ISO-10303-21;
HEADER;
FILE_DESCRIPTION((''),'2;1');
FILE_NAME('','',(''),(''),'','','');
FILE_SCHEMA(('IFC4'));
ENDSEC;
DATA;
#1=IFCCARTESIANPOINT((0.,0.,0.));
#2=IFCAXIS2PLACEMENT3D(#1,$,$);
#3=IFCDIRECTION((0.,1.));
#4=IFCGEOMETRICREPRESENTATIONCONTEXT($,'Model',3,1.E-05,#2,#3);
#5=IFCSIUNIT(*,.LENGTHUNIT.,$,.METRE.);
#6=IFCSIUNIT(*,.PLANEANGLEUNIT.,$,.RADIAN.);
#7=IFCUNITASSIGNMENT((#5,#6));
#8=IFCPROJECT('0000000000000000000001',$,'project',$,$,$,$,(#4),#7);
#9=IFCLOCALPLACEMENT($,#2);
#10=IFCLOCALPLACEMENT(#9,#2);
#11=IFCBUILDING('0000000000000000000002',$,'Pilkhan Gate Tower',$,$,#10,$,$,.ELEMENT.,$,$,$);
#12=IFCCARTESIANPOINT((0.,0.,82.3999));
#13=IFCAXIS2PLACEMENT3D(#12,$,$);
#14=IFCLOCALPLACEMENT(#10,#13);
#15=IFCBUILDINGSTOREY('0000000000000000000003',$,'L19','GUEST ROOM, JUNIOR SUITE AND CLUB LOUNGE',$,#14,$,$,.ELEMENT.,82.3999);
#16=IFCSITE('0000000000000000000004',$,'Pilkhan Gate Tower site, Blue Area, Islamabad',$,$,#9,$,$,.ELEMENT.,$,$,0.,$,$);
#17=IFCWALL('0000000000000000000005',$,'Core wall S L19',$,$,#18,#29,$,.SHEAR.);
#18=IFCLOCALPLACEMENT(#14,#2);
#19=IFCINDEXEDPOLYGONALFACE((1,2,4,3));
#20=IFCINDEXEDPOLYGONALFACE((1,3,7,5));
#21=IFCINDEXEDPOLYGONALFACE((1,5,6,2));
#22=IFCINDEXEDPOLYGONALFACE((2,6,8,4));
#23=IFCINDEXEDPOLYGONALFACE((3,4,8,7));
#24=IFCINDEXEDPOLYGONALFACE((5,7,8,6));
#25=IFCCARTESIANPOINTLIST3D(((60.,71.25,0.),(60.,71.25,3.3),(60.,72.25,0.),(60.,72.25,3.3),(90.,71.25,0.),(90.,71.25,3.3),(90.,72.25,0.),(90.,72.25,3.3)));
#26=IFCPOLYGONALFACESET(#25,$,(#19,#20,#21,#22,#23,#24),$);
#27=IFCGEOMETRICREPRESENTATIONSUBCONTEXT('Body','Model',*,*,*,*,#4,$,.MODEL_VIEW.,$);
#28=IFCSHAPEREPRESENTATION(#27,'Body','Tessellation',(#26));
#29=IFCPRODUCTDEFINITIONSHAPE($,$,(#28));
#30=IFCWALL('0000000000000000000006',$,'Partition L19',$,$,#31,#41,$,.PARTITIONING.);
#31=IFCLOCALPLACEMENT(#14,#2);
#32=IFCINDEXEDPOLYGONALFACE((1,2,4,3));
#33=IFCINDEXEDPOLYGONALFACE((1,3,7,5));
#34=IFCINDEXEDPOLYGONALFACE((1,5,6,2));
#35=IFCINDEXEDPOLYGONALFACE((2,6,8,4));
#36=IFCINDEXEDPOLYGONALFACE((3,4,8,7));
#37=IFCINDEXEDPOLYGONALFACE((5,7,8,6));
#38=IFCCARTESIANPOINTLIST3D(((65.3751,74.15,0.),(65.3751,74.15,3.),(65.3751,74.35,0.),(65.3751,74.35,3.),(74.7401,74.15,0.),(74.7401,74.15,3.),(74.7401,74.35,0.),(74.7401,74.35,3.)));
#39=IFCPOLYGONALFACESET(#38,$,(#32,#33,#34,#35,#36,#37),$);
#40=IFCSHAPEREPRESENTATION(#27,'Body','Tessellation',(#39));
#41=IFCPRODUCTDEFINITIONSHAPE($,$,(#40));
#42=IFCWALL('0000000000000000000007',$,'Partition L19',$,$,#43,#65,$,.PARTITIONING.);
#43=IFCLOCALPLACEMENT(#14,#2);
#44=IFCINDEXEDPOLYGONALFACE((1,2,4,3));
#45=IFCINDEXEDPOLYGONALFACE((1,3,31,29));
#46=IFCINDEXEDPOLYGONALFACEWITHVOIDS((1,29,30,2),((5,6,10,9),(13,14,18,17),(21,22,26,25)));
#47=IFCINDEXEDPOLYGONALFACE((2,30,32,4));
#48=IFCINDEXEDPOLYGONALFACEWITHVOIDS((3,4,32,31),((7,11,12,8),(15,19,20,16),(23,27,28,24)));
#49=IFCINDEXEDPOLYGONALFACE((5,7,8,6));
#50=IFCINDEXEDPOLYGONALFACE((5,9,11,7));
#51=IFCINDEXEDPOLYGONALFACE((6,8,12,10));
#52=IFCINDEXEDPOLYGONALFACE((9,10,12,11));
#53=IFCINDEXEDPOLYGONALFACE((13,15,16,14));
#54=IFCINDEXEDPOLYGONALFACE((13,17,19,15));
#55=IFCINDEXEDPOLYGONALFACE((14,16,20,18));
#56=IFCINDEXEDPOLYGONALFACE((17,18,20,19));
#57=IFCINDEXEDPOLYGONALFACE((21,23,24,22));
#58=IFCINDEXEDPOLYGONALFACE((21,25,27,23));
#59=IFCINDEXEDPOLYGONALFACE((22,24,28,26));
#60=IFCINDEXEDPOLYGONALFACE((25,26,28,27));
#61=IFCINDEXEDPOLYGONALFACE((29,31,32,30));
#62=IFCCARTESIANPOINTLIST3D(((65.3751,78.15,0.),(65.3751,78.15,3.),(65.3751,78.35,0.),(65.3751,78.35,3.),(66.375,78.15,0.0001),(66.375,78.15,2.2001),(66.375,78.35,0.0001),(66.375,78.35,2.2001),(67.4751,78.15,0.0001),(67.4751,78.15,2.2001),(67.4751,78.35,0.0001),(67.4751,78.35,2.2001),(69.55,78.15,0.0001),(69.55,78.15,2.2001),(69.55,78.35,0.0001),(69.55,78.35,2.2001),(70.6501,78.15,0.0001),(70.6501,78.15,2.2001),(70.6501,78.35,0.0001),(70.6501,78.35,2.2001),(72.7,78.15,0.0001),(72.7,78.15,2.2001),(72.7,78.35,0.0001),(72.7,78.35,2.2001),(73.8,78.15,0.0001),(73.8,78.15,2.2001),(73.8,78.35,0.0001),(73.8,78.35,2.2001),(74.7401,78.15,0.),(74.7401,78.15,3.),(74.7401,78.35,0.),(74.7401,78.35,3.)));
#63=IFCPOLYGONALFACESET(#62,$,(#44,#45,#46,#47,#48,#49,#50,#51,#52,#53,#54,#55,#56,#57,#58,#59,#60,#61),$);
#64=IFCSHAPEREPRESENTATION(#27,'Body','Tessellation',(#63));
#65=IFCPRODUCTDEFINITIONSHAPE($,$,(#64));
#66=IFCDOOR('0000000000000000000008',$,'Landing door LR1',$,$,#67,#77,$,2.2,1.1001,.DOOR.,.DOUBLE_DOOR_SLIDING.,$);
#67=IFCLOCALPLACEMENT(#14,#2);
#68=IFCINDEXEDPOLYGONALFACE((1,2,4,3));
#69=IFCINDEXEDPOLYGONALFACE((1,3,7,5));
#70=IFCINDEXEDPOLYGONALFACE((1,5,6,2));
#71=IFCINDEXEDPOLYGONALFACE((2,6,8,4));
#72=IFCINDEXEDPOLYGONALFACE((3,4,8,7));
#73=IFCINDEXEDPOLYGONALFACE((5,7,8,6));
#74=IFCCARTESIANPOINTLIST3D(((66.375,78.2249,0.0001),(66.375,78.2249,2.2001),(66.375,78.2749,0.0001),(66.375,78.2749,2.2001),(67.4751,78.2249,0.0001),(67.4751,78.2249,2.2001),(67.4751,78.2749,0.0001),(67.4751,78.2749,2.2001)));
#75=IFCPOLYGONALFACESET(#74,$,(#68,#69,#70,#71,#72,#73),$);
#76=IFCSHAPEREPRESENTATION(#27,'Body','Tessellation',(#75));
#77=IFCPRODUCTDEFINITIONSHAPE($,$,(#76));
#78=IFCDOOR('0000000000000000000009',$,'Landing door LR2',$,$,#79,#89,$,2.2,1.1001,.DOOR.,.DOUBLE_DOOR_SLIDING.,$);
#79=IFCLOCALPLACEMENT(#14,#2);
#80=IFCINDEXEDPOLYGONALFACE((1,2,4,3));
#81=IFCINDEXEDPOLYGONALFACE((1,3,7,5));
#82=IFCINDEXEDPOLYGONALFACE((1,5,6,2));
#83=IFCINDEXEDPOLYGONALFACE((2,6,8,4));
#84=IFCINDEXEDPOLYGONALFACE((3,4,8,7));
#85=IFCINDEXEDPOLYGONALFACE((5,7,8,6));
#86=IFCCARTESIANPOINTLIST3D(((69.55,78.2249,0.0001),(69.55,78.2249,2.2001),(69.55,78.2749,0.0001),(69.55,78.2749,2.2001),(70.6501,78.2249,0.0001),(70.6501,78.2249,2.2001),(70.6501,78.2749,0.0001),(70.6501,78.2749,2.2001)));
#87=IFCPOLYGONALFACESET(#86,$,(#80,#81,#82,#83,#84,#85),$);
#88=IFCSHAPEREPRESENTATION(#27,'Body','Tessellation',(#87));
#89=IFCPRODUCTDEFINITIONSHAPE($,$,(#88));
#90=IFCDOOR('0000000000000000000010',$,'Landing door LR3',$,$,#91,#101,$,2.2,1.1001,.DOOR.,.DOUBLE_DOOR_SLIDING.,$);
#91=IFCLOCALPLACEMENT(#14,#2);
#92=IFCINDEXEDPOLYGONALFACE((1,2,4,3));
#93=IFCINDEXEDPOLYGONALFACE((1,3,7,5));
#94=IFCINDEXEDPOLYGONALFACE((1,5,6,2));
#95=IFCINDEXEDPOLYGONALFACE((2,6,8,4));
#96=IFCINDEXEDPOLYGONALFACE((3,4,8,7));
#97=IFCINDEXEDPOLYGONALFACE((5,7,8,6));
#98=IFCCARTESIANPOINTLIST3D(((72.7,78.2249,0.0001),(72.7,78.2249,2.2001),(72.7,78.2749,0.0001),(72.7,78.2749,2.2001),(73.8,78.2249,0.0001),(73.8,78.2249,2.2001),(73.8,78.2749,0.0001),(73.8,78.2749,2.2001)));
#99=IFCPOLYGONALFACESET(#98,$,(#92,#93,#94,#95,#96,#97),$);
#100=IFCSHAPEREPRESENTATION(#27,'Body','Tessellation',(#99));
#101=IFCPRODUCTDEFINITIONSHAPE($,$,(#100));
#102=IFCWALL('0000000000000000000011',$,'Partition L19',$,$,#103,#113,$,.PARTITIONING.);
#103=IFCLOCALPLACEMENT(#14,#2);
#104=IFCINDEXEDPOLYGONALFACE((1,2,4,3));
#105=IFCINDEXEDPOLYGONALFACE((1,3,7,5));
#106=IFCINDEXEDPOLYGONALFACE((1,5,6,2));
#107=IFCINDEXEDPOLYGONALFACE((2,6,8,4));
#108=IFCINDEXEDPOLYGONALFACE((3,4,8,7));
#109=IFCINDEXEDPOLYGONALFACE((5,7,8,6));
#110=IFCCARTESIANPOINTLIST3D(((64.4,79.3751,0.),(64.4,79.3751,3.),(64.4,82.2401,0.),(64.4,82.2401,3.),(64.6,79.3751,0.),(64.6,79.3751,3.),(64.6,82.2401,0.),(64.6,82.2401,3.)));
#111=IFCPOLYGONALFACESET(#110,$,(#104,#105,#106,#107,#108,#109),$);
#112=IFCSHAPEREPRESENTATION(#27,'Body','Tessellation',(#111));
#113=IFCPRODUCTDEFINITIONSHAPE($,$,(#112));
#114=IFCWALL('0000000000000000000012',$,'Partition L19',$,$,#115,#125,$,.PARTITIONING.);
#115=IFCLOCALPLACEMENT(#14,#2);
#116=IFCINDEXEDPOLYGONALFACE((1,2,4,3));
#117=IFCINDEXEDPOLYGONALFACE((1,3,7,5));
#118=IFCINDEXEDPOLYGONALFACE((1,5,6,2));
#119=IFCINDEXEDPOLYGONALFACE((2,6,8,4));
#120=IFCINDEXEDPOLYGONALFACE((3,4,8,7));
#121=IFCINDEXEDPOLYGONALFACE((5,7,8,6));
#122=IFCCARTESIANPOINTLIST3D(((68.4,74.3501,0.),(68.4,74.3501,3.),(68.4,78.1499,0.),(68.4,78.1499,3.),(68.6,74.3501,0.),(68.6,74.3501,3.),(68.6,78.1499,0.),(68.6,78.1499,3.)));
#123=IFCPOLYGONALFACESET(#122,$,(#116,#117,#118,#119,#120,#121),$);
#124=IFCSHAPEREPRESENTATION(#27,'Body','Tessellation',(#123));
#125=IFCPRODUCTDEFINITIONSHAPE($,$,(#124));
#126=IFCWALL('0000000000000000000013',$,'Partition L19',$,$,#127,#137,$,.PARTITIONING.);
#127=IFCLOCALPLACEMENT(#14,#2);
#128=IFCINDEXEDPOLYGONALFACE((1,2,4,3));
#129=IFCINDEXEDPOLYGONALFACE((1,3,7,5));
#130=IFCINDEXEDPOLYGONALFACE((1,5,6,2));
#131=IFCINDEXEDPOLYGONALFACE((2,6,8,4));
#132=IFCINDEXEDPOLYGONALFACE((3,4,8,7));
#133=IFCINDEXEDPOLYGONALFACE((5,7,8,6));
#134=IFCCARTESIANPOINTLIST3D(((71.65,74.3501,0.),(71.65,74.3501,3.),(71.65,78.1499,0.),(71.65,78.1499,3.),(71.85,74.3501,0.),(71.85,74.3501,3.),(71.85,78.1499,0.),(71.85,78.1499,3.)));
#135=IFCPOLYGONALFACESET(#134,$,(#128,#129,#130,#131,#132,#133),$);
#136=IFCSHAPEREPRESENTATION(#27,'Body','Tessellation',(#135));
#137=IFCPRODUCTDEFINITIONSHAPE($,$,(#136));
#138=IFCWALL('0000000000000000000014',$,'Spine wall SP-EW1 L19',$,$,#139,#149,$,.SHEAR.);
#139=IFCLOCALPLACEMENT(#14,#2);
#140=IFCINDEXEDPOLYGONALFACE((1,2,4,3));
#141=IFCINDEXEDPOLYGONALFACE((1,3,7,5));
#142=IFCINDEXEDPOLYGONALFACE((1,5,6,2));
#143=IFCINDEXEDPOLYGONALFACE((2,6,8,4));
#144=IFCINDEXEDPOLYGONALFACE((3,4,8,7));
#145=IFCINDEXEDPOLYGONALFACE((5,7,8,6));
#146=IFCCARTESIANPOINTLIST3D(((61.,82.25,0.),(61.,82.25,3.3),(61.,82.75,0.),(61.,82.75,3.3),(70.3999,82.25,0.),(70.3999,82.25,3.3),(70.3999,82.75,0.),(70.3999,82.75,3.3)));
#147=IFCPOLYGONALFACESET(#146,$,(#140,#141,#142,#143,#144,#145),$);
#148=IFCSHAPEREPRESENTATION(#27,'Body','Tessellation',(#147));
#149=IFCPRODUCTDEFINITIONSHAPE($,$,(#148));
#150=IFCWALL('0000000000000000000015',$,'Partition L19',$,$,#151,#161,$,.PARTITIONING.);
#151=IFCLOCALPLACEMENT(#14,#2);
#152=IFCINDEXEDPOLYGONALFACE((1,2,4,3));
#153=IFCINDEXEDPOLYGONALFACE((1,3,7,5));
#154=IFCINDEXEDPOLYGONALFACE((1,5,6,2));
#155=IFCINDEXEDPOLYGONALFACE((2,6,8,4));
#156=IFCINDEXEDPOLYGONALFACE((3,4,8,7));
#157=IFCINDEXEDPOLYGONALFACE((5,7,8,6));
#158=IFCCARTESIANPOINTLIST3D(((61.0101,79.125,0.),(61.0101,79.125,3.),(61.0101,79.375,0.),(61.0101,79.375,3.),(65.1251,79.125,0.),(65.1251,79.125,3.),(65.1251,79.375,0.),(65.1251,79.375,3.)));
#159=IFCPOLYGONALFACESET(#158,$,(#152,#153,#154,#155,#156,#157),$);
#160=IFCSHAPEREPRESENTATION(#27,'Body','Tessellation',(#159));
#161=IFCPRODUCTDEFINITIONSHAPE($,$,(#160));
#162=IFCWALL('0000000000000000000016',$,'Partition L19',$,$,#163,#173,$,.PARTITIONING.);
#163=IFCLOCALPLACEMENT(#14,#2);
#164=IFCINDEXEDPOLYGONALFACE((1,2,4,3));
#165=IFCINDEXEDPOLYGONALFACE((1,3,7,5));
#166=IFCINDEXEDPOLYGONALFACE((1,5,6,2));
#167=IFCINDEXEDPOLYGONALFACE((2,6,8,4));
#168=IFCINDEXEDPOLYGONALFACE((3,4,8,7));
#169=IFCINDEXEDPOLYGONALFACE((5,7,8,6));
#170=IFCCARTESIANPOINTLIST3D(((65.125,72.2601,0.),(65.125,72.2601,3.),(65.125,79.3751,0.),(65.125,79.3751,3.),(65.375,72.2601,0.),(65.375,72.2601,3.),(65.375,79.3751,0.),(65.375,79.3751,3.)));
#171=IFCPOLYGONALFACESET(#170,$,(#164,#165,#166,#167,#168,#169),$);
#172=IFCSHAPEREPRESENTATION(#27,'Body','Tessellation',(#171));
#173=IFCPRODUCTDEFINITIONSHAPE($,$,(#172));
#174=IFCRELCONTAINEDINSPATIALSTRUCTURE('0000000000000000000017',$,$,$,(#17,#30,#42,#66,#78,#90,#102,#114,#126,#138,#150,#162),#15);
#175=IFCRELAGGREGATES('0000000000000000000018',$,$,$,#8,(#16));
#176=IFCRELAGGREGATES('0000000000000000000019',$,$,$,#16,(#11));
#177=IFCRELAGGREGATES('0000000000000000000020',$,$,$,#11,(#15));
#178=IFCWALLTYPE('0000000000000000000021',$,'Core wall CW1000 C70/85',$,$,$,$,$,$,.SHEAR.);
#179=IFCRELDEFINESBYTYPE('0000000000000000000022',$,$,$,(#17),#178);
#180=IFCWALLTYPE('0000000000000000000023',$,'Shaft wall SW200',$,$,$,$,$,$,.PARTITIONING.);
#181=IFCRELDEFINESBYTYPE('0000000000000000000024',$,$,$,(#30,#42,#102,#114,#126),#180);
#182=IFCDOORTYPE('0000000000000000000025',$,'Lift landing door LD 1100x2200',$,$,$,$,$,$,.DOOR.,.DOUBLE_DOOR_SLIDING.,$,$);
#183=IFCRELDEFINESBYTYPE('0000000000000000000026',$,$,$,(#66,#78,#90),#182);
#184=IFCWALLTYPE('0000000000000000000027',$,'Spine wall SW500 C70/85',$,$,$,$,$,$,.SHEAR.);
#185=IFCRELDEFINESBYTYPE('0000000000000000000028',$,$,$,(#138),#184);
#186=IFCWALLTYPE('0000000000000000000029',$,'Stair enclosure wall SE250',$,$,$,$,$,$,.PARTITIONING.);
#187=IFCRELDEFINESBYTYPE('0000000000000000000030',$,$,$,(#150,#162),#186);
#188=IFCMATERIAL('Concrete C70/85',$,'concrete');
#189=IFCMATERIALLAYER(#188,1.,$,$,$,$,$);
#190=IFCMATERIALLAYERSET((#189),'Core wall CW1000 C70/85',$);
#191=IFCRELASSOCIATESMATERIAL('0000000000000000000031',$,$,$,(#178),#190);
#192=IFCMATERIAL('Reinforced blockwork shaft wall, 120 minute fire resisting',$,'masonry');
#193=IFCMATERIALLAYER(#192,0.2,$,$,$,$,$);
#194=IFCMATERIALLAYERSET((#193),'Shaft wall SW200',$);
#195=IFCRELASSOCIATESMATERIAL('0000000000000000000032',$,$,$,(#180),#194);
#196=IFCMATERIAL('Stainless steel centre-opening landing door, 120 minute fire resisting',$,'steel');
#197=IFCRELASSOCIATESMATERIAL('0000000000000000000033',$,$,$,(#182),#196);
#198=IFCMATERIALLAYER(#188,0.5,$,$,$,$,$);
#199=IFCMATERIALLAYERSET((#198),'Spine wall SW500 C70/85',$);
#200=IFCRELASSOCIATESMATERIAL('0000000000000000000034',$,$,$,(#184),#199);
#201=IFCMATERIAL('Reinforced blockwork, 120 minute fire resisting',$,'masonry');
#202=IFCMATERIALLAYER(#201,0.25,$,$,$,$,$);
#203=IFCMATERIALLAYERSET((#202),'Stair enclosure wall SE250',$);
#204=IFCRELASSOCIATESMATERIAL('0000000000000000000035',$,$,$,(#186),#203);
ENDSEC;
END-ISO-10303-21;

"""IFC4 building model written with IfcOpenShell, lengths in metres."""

from ifc_helpers import new_model, si_unit, direction, frame, frame_2d, origin, place, context, subcontext, project, spatial, rectangle, extrude, material, layer, layer_set, type_object, element, fill, save


model = new_model("IFC4")

# Units and contexts
model_context = context("Model", 3, precision=1e-05, world=origin(), true_north=direction((0.0, 1.0)))
body_context = subcontext(model_context, "Body", "Model", "MODEL_VIEW")
ifc_project = project(units=[si_unit("LENGTHUNIT", "METRE"), si_unit("PLANEANGLEUNIT", "RADIAN")], contexts=[model_context])

# Site, building, storey
site_placement = place(None, origin())
site = spatial("IfcSite", under=ifc_project, at=site_placement, Name="Pilkhan Gate Tower site, Blue Area, Islamabad", CompositionType="ELEMENT", RefElevation=0.0)
building_placement = place(site_placement, origin())
building = spatial("IfcBuilding", under=site, at=building_placement, Name="Pilkhan Gate Tower", CompositionType="ELEMENT")
storey_placement = place(building_placement, frame((0.0, 0.0, 82.3999)))
storey = spatial("IfcBuildingStorey", under=building, at=storey_placement, Name="L19", Description="GUEST ROOM, JUNIOR SUITE AND CLUB LOUNGE", CompositionType="ELEMENT", Elevation=82.3999)

# Walls
ifc_material_1 = material(Name="Concrete C70/85", Category="concrete")
ifc_layer_1 = layer(ifc_material_1, 1.0)
ifc_layer_set_1 = layer_set([ifc_layer_1], Name="Core wall CW1000 C70/85")
wall_type_1 = type_object("IfcWallType", Name="Core wall CW1000 C70/85", PredefinedType="SHEAR", material=ifc_layer_set_1)
wall_1_placement = place(storey_placement, frame((60.0, 71.75, 0.0), z_axis=(0.0, 0.0, 1.0), x_axis=(1.0, 0.0, 0.0)))
element("IfcWall", 1, at=wall_1_placement, inside=storey, type_object=wall_type_1, Name="Core wall S L19", PredefinedType="SHEAR", context=body_context, shape_type="SweptSolid", body=[
    extrude(rectangle(XDim=30.0, YDim=1.0, at=frame_2d((15.0, 0.0))), origin(), (0.0, 0.0, 1.0), 3.3),
])
ifc_material_2 = material(Name="Reinforced blockwork shaft wall, 120 minute fire resisting", Category="masonry")
ifc_layer_2 = layer(ifc_material_2, 0.2)
ifc_layer_set_2 = layer_set([ifc_layer_2], Name="Shaft wall SW200")
wall_type_2 = type_object("IfcWallType", Name="Shaft wall SW200", PredefinedType="PARTITIONING", material=ifc_layer_set_2)
wall_2_placement = place(storey_placement, frame((65.375, 74.25, 0.0), z_axis=(0.0, 0.0, 1.0), x_axis=(1.0, 0.0, 0.0)))
element("IfcWall", 2, at=wall_2_placement, inside=storey, type_object=wall_type_2, Name="Partition L19", PredefinedType="PARTITIONING", context=body_context, shape_type="SweptSolid", body=[
    extrude(rectangle(XDim=9.365, YDim=0.2, at=frame_2d((4.6826, 0.0))), origin(), (0.0, 0.0, 1.0), 3.0),
])

# Wall, openings, doors
wall_3_placement = place(storey_placement, frame((65.375, 78.25, 0.0), z_axis=(0.0, 0.0, 1.0), x_axis=(1.0, 0.0, 0.0)))
wall_3 = element("IfcWall", 3, at=wall_3_placement, inside=storey, type_object=wall_type_2, Name="Partition L19", PredefinedType="PARTITIONING", context=body_context, shape_type="SweptSolid", body=[
    extrude(rectangle(XDim=9.365, YDim=0.2, at=frame_2d((4.6826, 0.0))), origin(), (0.0, 0.0, 1.0), 3.0),
])
opening_1_placement = place(wall_3_placement, frame((1.0, 0.0, 0.0)))
opening_1 = element("IfcOpeningElement", 4, at=opening_1_placement, cuts=wall_3, PredefinedType="OPENING", context=body_context, shape_type="SweptSolid", body=[
    extrude(rectangle(XDim=1.1001, YDim=2.2, at=frame_2d((0.55, 1.1001))), frame((0.0, 0.1099, 0.0), z_axis=(0.0, -1.0, 0.0), x_axis=(1.0, 0.0, 0.0)), (0.0, 0.0, 1.0), 0.22),
])
opening_2_placement = place(wall_3_placement, frame((4.175, 0.0, 0.0)))
opening_2 = element("IfcOpeningElement", 5, at=opening_2_placement, cuts=wall_3, PredefinedType="OPENING", context=body_context, shape_type="SweptSolid", body=[
    extrude(rectangle(XDim=1.1001, YDim=2.2, at=frame_2d((0.55, 1.1001))), frame((0.0, 0.1099, 0.0), z_axis=(0.0, -1.0, 0.0), x_axis=(1.0, 0.0, 0.0)), (0.0, 0.0, 1.0), 0.22),
])
opening_3_placement = place(wall_3_placement, frame((7.325, 0.0, 0.0)))
opening_3 = element("IfcOpeningElement", 6, at=opening_3_placement, cuts=wall_3, PredefinedType="OPENING", context=body_context, shape_type="SweptSolid", body=[
    extrude(rectangle(XDim=1.1001, YDim=2.2, at=frame_2d((0.55, 1.1001))), frame((0.0, 0.1099, 0.0), z_axis=(0.0, -1.0, 0.0), x_axis=(1.0, 0.0, 0.0)), (0.0, 0.0, 1.0), 0.22),
])
ifc_material_3 = material(Name="Stainless steel centre-opening landing door, 120 minute fire resisting", Category="steel")
door_type = type_object("IfcDoorType", Name="Lift landing door LD 1100x2200", OperationType="DOUBLE_DOOR_SLIDING", PredefinedType="DOOR", material=ifc_material_3)
door_1_placement = place(opening_1_placement, origin())
door_1 = element("IfcDoor", 7, at=door_1_placement, inside=storey, type_object=door_type, Name="Landing door LR1", OperationType="DOUBLE_DOOR_SLIDING", OverallHeight=2.2, OverallWidth=1.1001, PredefinedType="DOOR", context=body_context, shape_type="SweptSolid", body=[
    extrude(rectangle(XDim=1.1001, YDim=2.2, at=frame_2d((0.55, 1.1001))), frame((0.0, 0.0249, 0.0), z_axis=(0.0, -1.0, 0.0), x_axis=(1.0, 0.0, 0.0)), (0.0, 0.0, 1.0), 0.05),
])
fill(opening_1, door_1)
door_2_placement = place(opening_2_placement, origin())
door_2 = element("IfcDoor", 8, at=door_2_placement, inside=storey, type_object=door_type, Name="Landing door LR2", OperationType="DOUBLE_DOOR_SLIDING", OverallHeight=2.2, OverallWidth=1.1001, PredefinedType="DOOR", context=body_context, shape_type="SweptSolid", body=[
    extrude(rectangle(XDim=1.1001, YDim=2.2, at=frame_2d((0.55, 1.1001))), frame((0.0, 0.0249, 0.0), z_axis=(0.0, -1.0, 0.0), x_axis=(1.0, 0.0, 0.0)), (0.0, 0.0, 1.0), 0.05),
])
fill(opening_2, door_2)
door_3_placement = place(opening_3_placement, origin())
door_3 = element("IfcDoor", 9, at=door_3_placement, inside=storey, type_object=door_type, Name="Landing door LR3", OperationType="DOUBLE_DOOR_SLIDING", OverallHeight=2.2, OverallWidth=1.1001, PredefinedType="DOOR", context=body_context, shape_type="SweptSolid", body=[
    extrude(rectangle(XDim=1.1001, YDim=2.2, at=frame_2d((0.55, 1.1001))), frame((0.0, 0.0249, 0.0), z_axis=(0.0, -1.0, 0.0), x_axis=(1.0, 0.0, 0.0)), (0.0, 0.0, 1.0), 0.05),
])
fill(opening_3, door_3)

# Walls
wall_4_placement = place(storey_placement, frame((64.5, 79.375, 0.0), z_axis=(0.0, 0.0, 1.0), x_axis=(0.0, 1.0, 0.0)))
element("IfcWall", 10, at=wall_4_placement, inside=storey, type_object=wall_type_2, Name="Partition L19", PredefinedType="PARTITIONING", context=body_context, shape_type="SweptSolid", body=[
    extrude(rectangle(XDim=2.865, YDim=0.2, at=frame_2d((1.4326, 0.0))), origin(), (0.0, 0.0, 1.0), 3.0),
])
for number, where, z_axis, x_axis, name in (
    (11, (68.5, 74.3501, 0.0), (0.0, 0.0, 1.0), (0.0, 1.0, 0.0), "Partition L19"),
    (12, (71.75, 74.3501, 0.0), (0.0, 0.0, 1.0), (0.0, 1.0, 0.0), "Partition L19"),
):
    element("IfcWall", number, at=place(storey_placement, frame(where, z_axis=z_axis, x_axis=x_axis)), inside=storey, type_object=wall_type_2, Name=name, PredefinedType="PARTITIONING", context=body_context, shape_type="SweptSolid", body=[
        extrude(rectangle(XDim=3.7998, YDim=0.2, at=frame_2d((1.8999, 0.0))), origin(), (0.0, 0.0, 1.0), 3.0),
    ])
ifc_layer_3 = layer(ifc_material_1, 0.5)
ifc_layer_set_3 = layer_set([ifc_layer_3], Name="Spine wall SW500 C70/85")
wall_type_3 = type_object("IfcWallType", Name="Spine wall SW500 C70/85", PredefinedType="SHEAR", material=ifc_layer_set_3)
wall_5_placement = place(storey_placement, frame((61.0, 82.5, 0.0), z_axis=(0.0, 0.0, 1.0), x_axis=(1.0, 0.0, 0.0)))
element("IfcWall", 13, at=wall_5_placement, inside=storey, type_object=wall_type_3, Name="Spine wall SP-EW1 L19", PredefinedType="SHEAR", context=body_context, shape_type="SweptSolid", body=[
    extrude(rectangle(XDim=9.3999, YDim=0.5, at=frame_2d((4.7, 0.0))), origin(), (0.0, 0.0, 1.0), 3.3),
])
ifc_material_4 = material(Name="Reinforced blockwork, 120 minute fire resisting", Category="masonry")
ifc_layer_4 = layer(ifc_material_4, 0.25)
ifc_layer_set_4 = layer_set([ifc_layer_4], Name="Stair enclosure wall SE250")
wall_type_4 = type_object("IfcWallType", Name="Stair enclosure wall SE250", PredefinedType="PARTITIONING", material=ifc_layer_set_4)
wall_6_placement = place(storey_placement, frame((61.01, 79.25, 0.0), z_axis=(0.0, 0.0, 1.0), x_axis=(1.0, 0.0, 0.0)))
element("IfcWall", 14, at=wall_6_placement, inside=storey, type_object=wall_type_4, Name="Partition L19", PredefinedType="PARTITIONING", context=body_context, shape_type="SweptSolid", body=[
    extrude(rectangle(XDim=4.115, YDim=0.25, at=frame_2d((2.0576, 0.0))), origin(), (0.0, 0.0, 1.0), 3.0),
])
wall_7_placement = place(storey_placement, frame((65.25, 72.26, 0.0), z_axis=(0.0, 0.0, 1.0), x_axis=(0.0, 1.0, 0.0)))
element("IfcWall", 15, at=wall_7_placement, inside=storey, type_object=wall_type_4, Name="Partition L19", PredefinedType="PARTITIONING", context=body_context, shape_type="SweptSolid", body=[
    extrude(rectangle(XDim=7.115, YDim=0.25, at=frame_2d((3.5576, 0.0))), origin(), (0.0, 0.0, 1.0), 3.0),
])

save(model, "model.ifc")
